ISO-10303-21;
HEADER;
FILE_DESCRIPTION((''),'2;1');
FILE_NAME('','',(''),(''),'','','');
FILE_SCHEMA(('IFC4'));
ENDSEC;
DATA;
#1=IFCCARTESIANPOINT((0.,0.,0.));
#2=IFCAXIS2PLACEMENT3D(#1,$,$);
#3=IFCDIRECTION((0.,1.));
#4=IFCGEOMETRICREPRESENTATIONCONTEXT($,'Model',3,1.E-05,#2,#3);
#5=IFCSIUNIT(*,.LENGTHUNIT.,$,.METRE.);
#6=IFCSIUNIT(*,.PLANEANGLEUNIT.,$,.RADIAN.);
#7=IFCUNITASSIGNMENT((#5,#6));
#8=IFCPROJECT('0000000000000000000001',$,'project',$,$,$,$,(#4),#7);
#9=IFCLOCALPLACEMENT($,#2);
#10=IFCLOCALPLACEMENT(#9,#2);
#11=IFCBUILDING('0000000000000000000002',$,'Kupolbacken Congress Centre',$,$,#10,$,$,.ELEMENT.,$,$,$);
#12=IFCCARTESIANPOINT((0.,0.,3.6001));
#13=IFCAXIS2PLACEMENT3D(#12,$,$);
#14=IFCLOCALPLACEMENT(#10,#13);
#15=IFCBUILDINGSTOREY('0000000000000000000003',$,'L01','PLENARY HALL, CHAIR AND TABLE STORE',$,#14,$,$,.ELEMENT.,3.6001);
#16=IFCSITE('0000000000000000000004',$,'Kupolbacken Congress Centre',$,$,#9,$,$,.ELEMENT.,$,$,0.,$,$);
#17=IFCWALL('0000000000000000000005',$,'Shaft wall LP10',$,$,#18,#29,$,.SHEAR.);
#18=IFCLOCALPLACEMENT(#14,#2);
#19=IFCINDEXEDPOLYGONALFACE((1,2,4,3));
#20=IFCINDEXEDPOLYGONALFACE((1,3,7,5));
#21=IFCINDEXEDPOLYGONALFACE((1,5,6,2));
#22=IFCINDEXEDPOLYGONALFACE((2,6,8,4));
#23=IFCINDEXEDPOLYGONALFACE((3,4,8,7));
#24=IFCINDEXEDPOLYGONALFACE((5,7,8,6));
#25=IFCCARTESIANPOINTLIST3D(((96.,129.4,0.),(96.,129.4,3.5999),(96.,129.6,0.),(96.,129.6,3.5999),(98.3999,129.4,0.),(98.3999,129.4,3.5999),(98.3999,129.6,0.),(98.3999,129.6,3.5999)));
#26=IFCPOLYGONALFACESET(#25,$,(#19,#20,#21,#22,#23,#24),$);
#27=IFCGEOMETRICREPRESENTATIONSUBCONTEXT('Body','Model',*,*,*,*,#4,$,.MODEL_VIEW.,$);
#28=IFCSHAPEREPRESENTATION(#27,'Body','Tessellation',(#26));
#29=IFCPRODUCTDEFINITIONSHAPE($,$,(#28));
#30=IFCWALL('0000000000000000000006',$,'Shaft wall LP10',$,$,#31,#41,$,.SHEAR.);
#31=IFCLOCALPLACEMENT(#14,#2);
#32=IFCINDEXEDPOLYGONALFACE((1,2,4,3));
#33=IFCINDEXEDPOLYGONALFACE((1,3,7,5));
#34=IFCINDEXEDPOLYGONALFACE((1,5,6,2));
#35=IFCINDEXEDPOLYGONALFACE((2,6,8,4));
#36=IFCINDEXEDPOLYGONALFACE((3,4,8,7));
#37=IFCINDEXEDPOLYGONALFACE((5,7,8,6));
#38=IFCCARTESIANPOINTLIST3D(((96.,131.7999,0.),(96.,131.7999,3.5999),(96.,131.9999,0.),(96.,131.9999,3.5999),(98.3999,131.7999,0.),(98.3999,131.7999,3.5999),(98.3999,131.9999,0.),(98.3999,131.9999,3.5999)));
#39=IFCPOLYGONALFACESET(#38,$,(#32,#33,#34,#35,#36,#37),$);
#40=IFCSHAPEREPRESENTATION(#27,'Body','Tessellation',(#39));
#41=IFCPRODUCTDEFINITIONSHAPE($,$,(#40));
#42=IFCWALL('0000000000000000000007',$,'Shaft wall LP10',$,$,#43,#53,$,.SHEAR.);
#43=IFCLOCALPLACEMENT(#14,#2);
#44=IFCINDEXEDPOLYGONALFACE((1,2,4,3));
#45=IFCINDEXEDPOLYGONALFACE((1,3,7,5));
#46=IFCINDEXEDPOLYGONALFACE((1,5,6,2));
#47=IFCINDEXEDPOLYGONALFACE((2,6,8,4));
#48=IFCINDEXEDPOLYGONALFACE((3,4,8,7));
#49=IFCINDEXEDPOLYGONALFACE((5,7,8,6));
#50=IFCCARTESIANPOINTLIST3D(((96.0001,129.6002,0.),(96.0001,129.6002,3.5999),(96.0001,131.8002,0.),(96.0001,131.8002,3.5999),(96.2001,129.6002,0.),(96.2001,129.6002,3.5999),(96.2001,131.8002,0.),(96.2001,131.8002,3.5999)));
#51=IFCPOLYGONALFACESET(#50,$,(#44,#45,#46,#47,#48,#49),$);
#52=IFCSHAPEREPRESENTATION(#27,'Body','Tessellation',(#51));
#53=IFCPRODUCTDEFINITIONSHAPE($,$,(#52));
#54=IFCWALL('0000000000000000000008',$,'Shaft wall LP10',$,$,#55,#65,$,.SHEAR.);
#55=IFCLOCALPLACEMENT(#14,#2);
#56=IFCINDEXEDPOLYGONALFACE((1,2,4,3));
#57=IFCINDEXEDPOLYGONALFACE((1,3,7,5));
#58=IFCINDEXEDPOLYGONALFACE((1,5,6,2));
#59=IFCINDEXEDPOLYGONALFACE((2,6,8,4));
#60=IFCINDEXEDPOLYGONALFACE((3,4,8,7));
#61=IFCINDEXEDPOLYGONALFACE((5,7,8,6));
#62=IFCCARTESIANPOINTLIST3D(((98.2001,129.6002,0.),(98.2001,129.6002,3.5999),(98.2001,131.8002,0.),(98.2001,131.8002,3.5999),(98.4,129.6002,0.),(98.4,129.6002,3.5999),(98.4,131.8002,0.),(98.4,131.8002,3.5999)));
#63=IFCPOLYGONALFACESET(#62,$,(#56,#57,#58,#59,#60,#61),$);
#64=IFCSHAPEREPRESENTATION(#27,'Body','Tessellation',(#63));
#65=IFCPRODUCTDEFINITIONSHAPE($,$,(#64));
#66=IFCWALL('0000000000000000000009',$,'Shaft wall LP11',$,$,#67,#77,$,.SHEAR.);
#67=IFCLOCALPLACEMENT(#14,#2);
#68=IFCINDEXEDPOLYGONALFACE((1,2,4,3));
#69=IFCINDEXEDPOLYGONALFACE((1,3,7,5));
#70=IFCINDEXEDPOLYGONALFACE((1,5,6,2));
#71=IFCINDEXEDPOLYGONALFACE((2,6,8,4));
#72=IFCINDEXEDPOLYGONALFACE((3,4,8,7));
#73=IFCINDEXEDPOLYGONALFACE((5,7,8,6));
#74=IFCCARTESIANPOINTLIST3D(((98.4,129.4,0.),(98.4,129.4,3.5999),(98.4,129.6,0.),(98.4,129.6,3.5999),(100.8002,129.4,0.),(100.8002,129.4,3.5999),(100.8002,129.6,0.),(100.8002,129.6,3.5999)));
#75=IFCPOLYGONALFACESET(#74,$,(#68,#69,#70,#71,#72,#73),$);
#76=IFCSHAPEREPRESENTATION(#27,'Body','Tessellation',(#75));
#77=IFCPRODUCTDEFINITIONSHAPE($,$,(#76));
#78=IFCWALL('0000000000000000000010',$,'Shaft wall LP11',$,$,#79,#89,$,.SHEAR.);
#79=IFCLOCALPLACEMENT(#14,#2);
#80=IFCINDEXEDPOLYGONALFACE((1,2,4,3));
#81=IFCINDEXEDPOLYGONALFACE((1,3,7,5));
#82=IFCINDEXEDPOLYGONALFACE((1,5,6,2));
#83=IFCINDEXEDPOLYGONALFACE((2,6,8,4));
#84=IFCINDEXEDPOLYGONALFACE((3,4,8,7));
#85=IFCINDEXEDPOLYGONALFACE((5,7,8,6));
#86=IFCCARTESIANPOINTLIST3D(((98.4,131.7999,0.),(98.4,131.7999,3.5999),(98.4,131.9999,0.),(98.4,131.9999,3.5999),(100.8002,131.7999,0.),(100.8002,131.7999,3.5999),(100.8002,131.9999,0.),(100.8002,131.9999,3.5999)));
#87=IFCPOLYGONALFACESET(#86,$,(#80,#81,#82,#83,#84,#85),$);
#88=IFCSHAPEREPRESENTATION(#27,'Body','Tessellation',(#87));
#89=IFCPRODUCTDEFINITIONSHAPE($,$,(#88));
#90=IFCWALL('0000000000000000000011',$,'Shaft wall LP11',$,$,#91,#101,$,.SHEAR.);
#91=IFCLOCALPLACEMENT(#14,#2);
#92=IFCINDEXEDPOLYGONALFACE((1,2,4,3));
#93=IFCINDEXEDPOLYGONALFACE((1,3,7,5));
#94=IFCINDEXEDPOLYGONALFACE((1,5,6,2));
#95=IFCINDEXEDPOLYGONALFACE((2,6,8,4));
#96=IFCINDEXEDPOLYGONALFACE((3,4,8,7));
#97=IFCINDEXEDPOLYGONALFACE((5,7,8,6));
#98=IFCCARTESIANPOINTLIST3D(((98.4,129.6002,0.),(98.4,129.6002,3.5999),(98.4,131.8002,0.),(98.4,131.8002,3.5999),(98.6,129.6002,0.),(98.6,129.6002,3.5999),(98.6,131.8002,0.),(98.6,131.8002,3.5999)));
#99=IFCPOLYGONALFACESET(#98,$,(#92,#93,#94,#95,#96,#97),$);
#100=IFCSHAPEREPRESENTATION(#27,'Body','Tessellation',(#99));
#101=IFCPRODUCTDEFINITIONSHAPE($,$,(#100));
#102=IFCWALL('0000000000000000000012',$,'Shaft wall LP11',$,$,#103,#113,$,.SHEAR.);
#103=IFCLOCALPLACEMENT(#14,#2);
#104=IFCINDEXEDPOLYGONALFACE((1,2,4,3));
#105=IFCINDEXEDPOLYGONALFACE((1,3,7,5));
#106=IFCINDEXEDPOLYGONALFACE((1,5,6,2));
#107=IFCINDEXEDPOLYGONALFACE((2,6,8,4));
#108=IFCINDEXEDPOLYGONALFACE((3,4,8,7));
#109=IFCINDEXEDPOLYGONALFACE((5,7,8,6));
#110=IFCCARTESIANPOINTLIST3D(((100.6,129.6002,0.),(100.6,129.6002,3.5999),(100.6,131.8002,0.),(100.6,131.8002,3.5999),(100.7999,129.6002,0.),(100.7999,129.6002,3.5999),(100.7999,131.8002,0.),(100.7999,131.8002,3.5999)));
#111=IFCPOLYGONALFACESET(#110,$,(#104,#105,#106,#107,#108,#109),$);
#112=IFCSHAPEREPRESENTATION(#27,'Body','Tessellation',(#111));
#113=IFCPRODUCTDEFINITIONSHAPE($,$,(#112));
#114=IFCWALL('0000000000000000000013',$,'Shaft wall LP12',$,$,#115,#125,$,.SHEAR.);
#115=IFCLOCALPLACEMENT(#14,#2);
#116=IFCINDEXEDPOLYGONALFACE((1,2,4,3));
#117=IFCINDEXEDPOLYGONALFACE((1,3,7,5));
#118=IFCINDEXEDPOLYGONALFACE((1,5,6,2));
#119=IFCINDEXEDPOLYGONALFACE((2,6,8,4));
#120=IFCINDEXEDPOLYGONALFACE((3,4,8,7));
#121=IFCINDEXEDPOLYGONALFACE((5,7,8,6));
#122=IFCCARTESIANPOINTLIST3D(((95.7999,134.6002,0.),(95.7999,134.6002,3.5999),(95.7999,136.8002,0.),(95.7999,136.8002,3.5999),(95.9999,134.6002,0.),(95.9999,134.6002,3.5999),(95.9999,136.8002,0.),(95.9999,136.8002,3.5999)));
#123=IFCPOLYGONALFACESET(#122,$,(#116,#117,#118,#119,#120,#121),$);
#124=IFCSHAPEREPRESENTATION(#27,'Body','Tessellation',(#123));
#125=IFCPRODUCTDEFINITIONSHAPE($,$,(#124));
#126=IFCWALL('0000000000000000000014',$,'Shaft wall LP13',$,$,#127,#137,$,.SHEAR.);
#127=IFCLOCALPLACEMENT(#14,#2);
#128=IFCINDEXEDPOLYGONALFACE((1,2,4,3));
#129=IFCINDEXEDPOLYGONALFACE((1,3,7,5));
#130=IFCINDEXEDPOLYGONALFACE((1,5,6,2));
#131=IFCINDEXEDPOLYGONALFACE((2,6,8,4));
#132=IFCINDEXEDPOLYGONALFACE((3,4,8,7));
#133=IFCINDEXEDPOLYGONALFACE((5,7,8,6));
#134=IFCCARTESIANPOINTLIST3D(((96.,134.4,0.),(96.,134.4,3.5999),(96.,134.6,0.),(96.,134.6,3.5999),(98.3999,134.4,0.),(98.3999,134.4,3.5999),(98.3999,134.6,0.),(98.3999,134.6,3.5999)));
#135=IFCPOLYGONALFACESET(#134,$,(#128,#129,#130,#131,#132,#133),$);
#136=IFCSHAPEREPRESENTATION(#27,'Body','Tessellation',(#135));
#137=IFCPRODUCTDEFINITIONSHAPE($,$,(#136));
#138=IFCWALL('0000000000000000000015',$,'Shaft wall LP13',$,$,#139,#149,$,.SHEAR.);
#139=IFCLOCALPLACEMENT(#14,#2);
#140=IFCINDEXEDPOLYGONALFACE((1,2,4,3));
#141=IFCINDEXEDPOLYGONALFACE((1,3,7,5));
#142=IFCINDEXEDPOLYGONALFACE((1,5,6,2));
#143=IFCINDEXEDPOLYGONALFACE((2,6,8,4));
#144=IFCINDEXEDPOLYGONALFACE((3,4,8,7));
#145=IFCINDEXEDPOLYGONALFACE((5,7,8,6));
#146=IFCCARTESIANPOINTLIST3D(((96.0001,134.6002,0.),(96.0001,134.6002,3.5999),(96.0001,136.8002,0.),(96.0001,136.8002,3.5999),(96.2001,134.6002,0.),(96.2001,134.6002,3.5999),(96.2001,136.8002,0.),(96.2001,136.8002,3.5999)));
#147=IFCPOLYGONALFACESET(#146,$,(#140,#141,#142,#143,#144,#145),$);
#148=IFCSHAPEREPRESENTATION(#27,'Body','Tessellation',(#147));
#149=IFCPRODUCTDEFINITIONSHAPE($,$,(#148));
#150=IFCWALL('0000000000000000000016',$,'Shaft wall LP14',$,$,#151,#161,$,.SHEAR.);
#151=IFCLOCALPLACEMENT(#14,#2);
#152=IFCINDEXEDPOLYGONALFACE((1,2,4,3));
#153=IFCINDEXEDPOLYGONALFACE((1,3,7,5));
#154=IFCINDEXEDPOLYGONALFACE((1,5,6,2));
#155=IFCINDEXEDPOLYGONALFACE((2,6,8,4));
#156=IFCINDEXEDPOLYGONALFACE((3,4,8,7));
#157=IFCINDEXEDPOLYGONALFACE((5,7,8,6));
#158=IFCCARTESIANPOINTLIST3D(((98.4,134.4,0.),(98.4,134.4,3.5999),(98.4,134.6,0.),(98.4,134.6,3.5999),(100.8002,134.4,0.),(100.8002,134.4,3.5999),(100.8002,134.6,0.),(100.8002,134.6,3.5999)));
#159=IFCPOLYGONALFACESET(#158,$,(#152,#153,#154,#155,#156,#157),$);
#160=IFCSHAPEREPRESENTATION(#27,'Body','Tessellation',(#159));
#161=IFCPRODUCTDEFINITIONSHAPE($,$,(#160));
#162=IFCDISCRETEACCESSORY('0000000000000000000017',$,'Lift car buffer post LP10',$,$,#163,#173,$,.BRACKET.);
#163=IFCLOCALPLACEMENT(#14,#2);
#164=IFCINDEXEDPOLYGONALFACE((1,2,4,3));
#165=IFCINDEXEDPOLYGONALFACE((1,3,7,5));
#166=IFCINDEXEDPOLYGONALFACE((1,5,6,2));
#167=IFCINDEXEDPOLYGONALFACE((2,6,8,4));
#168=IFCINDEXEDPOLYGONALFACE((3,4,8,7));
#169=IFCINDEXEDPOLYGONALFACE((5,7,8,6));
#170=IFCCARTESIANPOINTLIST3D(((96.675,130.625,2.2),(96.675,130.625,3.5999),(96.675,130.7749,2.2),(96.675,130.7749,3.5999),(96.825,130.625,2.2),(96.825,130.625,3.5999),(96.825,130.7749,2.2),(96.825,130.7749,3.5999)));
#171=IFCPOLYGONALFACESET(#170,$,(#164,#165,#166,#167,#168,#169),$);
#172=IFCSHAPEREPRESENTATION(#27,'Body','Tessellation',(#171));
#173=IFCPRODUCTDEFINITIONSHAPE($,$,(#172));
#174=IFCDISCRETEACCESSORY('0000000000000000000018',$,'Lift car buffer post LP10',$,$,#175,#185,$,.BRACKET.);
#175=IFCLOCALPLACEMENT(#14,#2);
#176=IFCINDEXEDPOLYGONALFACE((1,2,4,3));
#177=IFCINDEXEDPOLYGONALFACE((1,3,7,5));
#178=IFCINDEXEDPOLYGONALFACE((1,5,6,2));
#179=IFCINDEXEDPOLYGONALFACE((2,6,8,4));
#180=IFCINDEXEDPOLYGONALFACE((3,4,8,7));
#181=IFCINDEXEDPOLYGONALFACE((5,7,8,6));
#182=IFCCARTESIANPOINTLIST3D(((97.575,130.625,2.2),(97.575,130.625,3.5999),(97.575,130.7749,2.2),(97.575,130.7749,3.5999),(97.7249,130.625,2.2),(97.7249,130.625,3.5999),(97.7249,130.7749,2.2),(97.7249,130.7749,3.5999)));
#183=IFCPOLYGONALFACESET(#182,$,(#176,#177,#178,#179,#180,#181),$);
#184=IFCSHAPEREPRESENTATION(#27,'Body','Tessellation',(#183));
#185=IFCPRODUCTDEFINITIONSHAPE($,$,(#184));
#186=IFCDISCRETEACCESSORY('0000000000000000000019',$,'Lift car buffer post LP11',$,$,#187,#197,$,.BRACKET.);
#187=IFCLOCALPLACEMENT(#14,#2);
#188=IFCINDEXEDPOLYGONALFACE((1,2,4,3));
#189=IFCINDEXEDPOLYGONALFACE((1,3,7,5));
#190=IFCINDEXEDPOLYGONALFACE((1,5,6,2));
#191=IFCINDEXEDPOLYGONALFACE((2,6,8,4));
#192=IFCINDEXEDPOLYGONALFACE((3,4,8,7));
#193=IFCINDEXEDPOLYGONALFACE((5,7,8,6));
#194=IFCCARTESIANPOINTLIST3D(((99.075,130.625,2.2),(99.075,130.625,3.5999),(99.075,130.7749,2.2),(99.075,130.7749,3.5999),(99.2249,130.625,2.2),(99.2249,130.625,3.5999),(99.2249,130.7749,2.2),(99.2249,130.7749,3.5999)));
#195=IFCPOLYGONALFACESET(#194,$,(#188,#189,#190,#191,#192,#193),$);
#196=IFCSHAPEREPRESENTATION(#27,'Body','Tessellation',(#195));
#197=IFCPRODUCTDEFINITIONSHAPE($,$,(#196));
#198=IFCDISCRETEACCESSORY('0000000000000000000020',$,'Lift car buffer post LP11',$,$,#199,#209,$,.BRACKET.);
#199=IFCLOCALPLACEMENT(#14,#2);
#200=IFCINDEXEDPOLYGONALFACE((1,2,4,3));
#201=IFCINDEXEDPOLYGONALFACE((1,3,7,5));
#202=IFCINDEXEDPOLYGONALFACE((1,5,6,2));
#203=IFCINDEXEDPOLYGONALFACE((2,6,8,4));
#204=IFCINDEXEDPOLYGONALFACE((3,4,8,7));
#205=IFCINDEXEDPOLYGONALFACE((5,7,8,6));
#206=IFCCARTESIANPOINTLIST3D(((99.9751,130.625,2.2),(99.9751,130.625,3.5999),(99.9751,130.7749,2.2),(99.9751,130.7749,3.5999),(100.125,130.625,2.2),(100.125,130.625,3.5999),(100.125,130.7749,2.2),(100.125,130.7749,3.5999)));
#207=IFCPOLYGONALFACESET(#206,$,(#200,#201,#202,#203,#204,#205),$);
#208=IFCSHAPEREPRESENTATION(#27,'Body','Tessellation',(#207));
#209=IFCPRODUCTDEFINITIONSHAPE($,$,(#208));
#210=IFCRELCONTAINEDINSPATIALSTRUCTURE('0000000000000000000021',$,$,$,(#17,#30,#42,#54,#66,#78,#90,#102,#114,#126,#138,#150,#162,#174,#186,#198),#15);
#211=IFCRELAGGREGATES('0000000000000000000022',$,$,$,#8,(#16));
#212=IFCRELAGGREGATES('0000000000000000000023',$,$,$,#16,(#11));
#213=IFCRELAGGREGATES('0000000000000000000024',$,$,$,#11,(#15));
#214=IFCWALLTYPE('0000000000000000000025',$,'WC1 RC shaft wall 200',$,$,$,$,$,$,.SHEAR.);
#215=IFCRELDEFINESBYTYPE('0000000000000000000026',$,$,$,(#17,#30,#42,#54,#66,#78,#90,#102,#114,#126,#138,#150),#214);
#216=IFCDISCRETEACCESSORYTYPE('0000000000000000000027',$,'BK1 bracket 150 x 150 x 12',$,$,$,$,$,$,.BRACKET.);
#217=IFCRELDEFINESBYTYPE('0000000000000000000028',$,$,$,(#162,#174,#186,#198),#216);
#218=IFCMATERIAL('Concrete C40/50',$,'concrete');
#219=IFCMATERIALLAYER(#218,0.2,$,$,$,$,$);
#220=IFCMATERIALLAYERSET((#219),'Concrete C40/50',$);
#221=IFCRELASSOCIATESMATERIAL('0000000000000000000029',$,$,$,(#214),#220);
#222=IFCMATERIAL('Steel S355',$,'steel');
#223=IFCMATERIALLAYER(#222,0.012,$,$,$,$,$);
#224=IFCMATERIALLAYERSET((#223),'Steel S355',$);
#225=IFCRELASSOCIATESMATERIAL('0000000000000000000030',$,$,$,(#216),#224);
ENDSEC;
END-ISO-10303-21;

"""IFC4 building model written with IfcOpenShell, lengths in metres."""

from ifc_helpers import new_model, si_unit, direction, frame, frame_2d, origin, origin_2d, place, context, subcontext, project, spatial, rectangle, extrude, material, layer, layer_set, type_object, element, save


model = new_model("IFC4")

# Units and contexts
model_context = context("Model", 3, precision=1e-05, world=origin(), true_north=direction((0.0, 1.0)))
body_context = subcontext(model_context, "Body", "Model", "MODEL_VIEW")
ifc_project = project(units=[si_unit("LENGTHUNIT", "METRE"), si_unit("PLANEANGLEUNIT", "RADIAN")], contexts=[model_context])

# Site, building, storey
site_placement = place(None, origin())
site = spatial("IfcSite", under=ifc_project, at=site_placement, Name="Kupolbacken Congress Centre", CompositionType="ELEMENT", RefElevation=0.0)
building_placement = place(site_placement, origin())
building = spatial("IfcBuilding", under=site, at=building_placement, Name="Kupolbacken Congress Centre", CompositionType="ELEMENT")
storey_placement = place(building_placement, frame((0.0, 0.0, 3.6001)))
storey = spatial("IfcBuildingStorey", under=building, at=storey_placement, Name="L01", Description="PLENARY HALL, CHAIR AND TABLE STORE", CompositionType="ELEMENT", Elevation=3.6001)

# Walls
ifc_material_1 = material(Name="Concrete C40/50", Category="concrete")
ifc_layer_1 = layer(ifc_material_1, 0.2)
ifc_layer_set_1 = layer_set([ifc_layer_1], Name="Concrete C40/50")
wall_type = type_object("IfcWallType", Name="WC1 RC shaft wall 200", PredefinedType="SHEAR", material=ifc_layer_set_1)
for number, where, z_axis, x_axis, name in (
    (1, (96.0, 129.5, 0.0), (0.0, 0.0, 1.0), (1.0, 0.0, 0.0), "Shaft wall LP10"),
    (2, (96.0, 131.8999, 0.0), (0.0, 0.0, 1.0), (1.0, 0.0, 0.0), "Shaft wall LP10"),
):
    element("IfcWall", number, at=place(storey_placement, frame(where, z_axis=z_axis, x_axis=x_axis)), inside=storey, type_object=wall_type, Name=name, PredefinedType="SHEAR", context=body_context, shape_type="SweptSolid", body=[
        extrude(rectangle(XDim=2.3999, YDim=0.2, at=frame_2d((1.2, 0.0))), origin(), (0.0, 0.0, 1.0), 3.5999),
    ])
for number, where, z_axis, x_axis, name in (
    (3, (96.1001, 129.6001, 0.0), (0.0, 0.0, 1.0), (0.0, 1.0, 0.0), "Shaft wall LP10"),
    (4, (98.3, 129.6001, 0.0), (0.0, 0.0, 1.0), (0.0, 1.0, 0.0), "Shaft wall LP10"),
):
    element("IfcWall", number, at=place(storey_placement, frame(where, z_axis=z_axis, x_axis=x_axis)), inside=storey, type_object=wall_type, Name=name, PredefinedType="SHEAR", context=body_context, shape_type="SweptSolid", body=[
        extrude(rectangle(XDim=2.2, YDim=0.2, at=frame_2d((1.1001, 0.0))), origin(), (0.0, 0.0, 1.0), 3.5999),
    ])
for number, where, z_axis, x_axis, name in (
    (5, (98.3999, 129.5, 0.0), (0.0, 0.0, 1.0), (1.0, 0.0, 0.0), "Shaft wall LP11"),
    (6, (98.3999, 131.8999, 0.0), (0.0, 0.0, 1.0), (1.0, 0.0, 0.0), "Shaft wall LP11"),
):
    element("IfcWall", number, at=place(storey_placement, frame(where, z_axis=z_axis, x_axis=x_axis)), inside=storey, type_object=wall_type, Name=name, PredefinedType="SHEAR", context=body_context, shape_type="SweptSolid", body=[
        extrude(rectangle(XDim=2.4001, YDim=0.2, at=frame_2d((1.2002, 0.0))), origin(), (0.0, 0.0, 1.0), 3.5999),
    ])
for number, where, z_axis, x_axis, name in (
    (7, (98.5, 129.6001, 0.0), (0.0, 0.0, 1.0), (0.0, 1.0, 0.0), "Shaft wall LP11"),
    (8, (100.7, 129.6001, 0.0), (0.0, 0.0, 1.0), (0.0, 1.0, 0.0), "Shaft wall LP11"),
    (9, (95.8999, 134.6001, 0.0), (0.0, 0.0, 1.0), (0.0, 1.0, 0.0), "Shaft wall LP12"),
):
    element("IfcWall", number, at=place(storey_placement, frame(where, z_axis=z_axis, x_axis=x_axis)), inside=storey, type_object=wall_type, Name=name, PredefinedType="SHEAR", context=body_context, shape_type="SweptSolid", body=[
        extrude(rectangle(XDim=2.2, YDim=0.2, at=frame_2d((1.1001, 0.0))), origin(), (0.0, 0.0, 1.0), 3.5999),
    ])
wall_1_placement = place(storey_placement, frame((96.0, 134.5, 0.0), z_axis=(0.0, 0.0, 1.0), x_axis=(1.0, 0.0, 0.0)))
element("IfcWall", 10, at=wall_1_placement, inside=storey, type_object=wall_type, Name="Shaft wall LP13", PredefinedType="SHEAR", context=body_context, shape_type="SweptSolid", body=[
    extrude(rectangle(XDim=2.3999, YDim=0.2, at=frame_2d((1.2, 0.0))), origin(), (0.0, 0.0, 1.0), 3.5999),
])
wall_2_placement = place(storey_placement, frame((96.1001, 134.6001, 0.0), z_axis=(0.0, 0.0, 1.0), x_axis=(0.0, 1.0, 0.0)))
element("IfcWall", 11, at=wall_2_placement, inside=storey, type_object=wall_type, Name="Shaft wall LP13", PredefinedType="SHEAR", context=body_context, shape_type="SweptSolid", body=[
    extrude(rectangle(XDim=2.2, YDim=0.2, at=frame_2d((1.1001, 0.0))), origin(), (0.0, 0.0, 1.0), 3.5999),
])
wall_3_placement = place(storey_placement, frame((98.3999, 134.5, 0.0), z_axis=(0.0, 0.0, 1.0), x_axis=(1.0, 0.0, 0.0)))
element("IfcWall", 12, at=wall_3_placement, inside=storey, type_object=wall_type, Name="Shaft wall LP14", PredefinedType="SHEAR", context=body_context, shape_type="SweptSolid", body=[
    extrude(rectangle(XDim=2.4001, YDim=0.2, at=frame_2d((1.2002, 0.0))), origin(), (0.0, 0.0, 1.0), 3.5999),
])

# Discrete accessories
ifc_material_2 = material(Name="Steel S355", Category="steel")
ifc_layer_2 = layer(ifc_material_2, 0.012)
ifc_layer_set_2 = layer_set([ifc_layer_2], Name="Steel S355")
discrete_accessory_type = type_object("IfcDiscreteAccessoryType", Name="BK1 bracket 150 x 150 x 12", PredefinedType="BRACKET", material=ifc_layer_set_2)
for number, where, z_axis, x_axis, name in (
    (13, (96.75, 130.7, 2.2), (0.0, 0.0, 1.0), (1.0, 0.0, 0.0), "Lift car buffer post LP10"),
    (14, (97.6499, 130.7, 2.2), (0.0, 0.0, 1.0), (1.0, 0.0, 0.0), "Lift car buffer post LP10"),
    (15, (99.1499, 130.7, 2.2), (0.0, 0.0, 1.0), (1.0, 0.0, 0.0), "Lift car buffer post LP11"),
    (16, (100.05, 130.7, 2.2), (0.0, 0.0, 1.0), (1.0, 0.0, 0.0), "Lift car buffer post LP11"),
):
    element("IfcDiscreteAccessory", number, at=place(storey_placement, frame(where, z_axis=z_axis, x_axis=x_axis)), inside=storey, type_object=discrete_accessory_type, Name=name, PredefinedType="BRACKET", context=body_context, shape_type="SweptSolid", body=[
        extrude(rectangle(XDim=0.1499, YDim=0.1499, at=origin_2d()), origin(), (0.0, 0.0, 1.0), 1.3999),
    ])

save(model, "model.ifc")
